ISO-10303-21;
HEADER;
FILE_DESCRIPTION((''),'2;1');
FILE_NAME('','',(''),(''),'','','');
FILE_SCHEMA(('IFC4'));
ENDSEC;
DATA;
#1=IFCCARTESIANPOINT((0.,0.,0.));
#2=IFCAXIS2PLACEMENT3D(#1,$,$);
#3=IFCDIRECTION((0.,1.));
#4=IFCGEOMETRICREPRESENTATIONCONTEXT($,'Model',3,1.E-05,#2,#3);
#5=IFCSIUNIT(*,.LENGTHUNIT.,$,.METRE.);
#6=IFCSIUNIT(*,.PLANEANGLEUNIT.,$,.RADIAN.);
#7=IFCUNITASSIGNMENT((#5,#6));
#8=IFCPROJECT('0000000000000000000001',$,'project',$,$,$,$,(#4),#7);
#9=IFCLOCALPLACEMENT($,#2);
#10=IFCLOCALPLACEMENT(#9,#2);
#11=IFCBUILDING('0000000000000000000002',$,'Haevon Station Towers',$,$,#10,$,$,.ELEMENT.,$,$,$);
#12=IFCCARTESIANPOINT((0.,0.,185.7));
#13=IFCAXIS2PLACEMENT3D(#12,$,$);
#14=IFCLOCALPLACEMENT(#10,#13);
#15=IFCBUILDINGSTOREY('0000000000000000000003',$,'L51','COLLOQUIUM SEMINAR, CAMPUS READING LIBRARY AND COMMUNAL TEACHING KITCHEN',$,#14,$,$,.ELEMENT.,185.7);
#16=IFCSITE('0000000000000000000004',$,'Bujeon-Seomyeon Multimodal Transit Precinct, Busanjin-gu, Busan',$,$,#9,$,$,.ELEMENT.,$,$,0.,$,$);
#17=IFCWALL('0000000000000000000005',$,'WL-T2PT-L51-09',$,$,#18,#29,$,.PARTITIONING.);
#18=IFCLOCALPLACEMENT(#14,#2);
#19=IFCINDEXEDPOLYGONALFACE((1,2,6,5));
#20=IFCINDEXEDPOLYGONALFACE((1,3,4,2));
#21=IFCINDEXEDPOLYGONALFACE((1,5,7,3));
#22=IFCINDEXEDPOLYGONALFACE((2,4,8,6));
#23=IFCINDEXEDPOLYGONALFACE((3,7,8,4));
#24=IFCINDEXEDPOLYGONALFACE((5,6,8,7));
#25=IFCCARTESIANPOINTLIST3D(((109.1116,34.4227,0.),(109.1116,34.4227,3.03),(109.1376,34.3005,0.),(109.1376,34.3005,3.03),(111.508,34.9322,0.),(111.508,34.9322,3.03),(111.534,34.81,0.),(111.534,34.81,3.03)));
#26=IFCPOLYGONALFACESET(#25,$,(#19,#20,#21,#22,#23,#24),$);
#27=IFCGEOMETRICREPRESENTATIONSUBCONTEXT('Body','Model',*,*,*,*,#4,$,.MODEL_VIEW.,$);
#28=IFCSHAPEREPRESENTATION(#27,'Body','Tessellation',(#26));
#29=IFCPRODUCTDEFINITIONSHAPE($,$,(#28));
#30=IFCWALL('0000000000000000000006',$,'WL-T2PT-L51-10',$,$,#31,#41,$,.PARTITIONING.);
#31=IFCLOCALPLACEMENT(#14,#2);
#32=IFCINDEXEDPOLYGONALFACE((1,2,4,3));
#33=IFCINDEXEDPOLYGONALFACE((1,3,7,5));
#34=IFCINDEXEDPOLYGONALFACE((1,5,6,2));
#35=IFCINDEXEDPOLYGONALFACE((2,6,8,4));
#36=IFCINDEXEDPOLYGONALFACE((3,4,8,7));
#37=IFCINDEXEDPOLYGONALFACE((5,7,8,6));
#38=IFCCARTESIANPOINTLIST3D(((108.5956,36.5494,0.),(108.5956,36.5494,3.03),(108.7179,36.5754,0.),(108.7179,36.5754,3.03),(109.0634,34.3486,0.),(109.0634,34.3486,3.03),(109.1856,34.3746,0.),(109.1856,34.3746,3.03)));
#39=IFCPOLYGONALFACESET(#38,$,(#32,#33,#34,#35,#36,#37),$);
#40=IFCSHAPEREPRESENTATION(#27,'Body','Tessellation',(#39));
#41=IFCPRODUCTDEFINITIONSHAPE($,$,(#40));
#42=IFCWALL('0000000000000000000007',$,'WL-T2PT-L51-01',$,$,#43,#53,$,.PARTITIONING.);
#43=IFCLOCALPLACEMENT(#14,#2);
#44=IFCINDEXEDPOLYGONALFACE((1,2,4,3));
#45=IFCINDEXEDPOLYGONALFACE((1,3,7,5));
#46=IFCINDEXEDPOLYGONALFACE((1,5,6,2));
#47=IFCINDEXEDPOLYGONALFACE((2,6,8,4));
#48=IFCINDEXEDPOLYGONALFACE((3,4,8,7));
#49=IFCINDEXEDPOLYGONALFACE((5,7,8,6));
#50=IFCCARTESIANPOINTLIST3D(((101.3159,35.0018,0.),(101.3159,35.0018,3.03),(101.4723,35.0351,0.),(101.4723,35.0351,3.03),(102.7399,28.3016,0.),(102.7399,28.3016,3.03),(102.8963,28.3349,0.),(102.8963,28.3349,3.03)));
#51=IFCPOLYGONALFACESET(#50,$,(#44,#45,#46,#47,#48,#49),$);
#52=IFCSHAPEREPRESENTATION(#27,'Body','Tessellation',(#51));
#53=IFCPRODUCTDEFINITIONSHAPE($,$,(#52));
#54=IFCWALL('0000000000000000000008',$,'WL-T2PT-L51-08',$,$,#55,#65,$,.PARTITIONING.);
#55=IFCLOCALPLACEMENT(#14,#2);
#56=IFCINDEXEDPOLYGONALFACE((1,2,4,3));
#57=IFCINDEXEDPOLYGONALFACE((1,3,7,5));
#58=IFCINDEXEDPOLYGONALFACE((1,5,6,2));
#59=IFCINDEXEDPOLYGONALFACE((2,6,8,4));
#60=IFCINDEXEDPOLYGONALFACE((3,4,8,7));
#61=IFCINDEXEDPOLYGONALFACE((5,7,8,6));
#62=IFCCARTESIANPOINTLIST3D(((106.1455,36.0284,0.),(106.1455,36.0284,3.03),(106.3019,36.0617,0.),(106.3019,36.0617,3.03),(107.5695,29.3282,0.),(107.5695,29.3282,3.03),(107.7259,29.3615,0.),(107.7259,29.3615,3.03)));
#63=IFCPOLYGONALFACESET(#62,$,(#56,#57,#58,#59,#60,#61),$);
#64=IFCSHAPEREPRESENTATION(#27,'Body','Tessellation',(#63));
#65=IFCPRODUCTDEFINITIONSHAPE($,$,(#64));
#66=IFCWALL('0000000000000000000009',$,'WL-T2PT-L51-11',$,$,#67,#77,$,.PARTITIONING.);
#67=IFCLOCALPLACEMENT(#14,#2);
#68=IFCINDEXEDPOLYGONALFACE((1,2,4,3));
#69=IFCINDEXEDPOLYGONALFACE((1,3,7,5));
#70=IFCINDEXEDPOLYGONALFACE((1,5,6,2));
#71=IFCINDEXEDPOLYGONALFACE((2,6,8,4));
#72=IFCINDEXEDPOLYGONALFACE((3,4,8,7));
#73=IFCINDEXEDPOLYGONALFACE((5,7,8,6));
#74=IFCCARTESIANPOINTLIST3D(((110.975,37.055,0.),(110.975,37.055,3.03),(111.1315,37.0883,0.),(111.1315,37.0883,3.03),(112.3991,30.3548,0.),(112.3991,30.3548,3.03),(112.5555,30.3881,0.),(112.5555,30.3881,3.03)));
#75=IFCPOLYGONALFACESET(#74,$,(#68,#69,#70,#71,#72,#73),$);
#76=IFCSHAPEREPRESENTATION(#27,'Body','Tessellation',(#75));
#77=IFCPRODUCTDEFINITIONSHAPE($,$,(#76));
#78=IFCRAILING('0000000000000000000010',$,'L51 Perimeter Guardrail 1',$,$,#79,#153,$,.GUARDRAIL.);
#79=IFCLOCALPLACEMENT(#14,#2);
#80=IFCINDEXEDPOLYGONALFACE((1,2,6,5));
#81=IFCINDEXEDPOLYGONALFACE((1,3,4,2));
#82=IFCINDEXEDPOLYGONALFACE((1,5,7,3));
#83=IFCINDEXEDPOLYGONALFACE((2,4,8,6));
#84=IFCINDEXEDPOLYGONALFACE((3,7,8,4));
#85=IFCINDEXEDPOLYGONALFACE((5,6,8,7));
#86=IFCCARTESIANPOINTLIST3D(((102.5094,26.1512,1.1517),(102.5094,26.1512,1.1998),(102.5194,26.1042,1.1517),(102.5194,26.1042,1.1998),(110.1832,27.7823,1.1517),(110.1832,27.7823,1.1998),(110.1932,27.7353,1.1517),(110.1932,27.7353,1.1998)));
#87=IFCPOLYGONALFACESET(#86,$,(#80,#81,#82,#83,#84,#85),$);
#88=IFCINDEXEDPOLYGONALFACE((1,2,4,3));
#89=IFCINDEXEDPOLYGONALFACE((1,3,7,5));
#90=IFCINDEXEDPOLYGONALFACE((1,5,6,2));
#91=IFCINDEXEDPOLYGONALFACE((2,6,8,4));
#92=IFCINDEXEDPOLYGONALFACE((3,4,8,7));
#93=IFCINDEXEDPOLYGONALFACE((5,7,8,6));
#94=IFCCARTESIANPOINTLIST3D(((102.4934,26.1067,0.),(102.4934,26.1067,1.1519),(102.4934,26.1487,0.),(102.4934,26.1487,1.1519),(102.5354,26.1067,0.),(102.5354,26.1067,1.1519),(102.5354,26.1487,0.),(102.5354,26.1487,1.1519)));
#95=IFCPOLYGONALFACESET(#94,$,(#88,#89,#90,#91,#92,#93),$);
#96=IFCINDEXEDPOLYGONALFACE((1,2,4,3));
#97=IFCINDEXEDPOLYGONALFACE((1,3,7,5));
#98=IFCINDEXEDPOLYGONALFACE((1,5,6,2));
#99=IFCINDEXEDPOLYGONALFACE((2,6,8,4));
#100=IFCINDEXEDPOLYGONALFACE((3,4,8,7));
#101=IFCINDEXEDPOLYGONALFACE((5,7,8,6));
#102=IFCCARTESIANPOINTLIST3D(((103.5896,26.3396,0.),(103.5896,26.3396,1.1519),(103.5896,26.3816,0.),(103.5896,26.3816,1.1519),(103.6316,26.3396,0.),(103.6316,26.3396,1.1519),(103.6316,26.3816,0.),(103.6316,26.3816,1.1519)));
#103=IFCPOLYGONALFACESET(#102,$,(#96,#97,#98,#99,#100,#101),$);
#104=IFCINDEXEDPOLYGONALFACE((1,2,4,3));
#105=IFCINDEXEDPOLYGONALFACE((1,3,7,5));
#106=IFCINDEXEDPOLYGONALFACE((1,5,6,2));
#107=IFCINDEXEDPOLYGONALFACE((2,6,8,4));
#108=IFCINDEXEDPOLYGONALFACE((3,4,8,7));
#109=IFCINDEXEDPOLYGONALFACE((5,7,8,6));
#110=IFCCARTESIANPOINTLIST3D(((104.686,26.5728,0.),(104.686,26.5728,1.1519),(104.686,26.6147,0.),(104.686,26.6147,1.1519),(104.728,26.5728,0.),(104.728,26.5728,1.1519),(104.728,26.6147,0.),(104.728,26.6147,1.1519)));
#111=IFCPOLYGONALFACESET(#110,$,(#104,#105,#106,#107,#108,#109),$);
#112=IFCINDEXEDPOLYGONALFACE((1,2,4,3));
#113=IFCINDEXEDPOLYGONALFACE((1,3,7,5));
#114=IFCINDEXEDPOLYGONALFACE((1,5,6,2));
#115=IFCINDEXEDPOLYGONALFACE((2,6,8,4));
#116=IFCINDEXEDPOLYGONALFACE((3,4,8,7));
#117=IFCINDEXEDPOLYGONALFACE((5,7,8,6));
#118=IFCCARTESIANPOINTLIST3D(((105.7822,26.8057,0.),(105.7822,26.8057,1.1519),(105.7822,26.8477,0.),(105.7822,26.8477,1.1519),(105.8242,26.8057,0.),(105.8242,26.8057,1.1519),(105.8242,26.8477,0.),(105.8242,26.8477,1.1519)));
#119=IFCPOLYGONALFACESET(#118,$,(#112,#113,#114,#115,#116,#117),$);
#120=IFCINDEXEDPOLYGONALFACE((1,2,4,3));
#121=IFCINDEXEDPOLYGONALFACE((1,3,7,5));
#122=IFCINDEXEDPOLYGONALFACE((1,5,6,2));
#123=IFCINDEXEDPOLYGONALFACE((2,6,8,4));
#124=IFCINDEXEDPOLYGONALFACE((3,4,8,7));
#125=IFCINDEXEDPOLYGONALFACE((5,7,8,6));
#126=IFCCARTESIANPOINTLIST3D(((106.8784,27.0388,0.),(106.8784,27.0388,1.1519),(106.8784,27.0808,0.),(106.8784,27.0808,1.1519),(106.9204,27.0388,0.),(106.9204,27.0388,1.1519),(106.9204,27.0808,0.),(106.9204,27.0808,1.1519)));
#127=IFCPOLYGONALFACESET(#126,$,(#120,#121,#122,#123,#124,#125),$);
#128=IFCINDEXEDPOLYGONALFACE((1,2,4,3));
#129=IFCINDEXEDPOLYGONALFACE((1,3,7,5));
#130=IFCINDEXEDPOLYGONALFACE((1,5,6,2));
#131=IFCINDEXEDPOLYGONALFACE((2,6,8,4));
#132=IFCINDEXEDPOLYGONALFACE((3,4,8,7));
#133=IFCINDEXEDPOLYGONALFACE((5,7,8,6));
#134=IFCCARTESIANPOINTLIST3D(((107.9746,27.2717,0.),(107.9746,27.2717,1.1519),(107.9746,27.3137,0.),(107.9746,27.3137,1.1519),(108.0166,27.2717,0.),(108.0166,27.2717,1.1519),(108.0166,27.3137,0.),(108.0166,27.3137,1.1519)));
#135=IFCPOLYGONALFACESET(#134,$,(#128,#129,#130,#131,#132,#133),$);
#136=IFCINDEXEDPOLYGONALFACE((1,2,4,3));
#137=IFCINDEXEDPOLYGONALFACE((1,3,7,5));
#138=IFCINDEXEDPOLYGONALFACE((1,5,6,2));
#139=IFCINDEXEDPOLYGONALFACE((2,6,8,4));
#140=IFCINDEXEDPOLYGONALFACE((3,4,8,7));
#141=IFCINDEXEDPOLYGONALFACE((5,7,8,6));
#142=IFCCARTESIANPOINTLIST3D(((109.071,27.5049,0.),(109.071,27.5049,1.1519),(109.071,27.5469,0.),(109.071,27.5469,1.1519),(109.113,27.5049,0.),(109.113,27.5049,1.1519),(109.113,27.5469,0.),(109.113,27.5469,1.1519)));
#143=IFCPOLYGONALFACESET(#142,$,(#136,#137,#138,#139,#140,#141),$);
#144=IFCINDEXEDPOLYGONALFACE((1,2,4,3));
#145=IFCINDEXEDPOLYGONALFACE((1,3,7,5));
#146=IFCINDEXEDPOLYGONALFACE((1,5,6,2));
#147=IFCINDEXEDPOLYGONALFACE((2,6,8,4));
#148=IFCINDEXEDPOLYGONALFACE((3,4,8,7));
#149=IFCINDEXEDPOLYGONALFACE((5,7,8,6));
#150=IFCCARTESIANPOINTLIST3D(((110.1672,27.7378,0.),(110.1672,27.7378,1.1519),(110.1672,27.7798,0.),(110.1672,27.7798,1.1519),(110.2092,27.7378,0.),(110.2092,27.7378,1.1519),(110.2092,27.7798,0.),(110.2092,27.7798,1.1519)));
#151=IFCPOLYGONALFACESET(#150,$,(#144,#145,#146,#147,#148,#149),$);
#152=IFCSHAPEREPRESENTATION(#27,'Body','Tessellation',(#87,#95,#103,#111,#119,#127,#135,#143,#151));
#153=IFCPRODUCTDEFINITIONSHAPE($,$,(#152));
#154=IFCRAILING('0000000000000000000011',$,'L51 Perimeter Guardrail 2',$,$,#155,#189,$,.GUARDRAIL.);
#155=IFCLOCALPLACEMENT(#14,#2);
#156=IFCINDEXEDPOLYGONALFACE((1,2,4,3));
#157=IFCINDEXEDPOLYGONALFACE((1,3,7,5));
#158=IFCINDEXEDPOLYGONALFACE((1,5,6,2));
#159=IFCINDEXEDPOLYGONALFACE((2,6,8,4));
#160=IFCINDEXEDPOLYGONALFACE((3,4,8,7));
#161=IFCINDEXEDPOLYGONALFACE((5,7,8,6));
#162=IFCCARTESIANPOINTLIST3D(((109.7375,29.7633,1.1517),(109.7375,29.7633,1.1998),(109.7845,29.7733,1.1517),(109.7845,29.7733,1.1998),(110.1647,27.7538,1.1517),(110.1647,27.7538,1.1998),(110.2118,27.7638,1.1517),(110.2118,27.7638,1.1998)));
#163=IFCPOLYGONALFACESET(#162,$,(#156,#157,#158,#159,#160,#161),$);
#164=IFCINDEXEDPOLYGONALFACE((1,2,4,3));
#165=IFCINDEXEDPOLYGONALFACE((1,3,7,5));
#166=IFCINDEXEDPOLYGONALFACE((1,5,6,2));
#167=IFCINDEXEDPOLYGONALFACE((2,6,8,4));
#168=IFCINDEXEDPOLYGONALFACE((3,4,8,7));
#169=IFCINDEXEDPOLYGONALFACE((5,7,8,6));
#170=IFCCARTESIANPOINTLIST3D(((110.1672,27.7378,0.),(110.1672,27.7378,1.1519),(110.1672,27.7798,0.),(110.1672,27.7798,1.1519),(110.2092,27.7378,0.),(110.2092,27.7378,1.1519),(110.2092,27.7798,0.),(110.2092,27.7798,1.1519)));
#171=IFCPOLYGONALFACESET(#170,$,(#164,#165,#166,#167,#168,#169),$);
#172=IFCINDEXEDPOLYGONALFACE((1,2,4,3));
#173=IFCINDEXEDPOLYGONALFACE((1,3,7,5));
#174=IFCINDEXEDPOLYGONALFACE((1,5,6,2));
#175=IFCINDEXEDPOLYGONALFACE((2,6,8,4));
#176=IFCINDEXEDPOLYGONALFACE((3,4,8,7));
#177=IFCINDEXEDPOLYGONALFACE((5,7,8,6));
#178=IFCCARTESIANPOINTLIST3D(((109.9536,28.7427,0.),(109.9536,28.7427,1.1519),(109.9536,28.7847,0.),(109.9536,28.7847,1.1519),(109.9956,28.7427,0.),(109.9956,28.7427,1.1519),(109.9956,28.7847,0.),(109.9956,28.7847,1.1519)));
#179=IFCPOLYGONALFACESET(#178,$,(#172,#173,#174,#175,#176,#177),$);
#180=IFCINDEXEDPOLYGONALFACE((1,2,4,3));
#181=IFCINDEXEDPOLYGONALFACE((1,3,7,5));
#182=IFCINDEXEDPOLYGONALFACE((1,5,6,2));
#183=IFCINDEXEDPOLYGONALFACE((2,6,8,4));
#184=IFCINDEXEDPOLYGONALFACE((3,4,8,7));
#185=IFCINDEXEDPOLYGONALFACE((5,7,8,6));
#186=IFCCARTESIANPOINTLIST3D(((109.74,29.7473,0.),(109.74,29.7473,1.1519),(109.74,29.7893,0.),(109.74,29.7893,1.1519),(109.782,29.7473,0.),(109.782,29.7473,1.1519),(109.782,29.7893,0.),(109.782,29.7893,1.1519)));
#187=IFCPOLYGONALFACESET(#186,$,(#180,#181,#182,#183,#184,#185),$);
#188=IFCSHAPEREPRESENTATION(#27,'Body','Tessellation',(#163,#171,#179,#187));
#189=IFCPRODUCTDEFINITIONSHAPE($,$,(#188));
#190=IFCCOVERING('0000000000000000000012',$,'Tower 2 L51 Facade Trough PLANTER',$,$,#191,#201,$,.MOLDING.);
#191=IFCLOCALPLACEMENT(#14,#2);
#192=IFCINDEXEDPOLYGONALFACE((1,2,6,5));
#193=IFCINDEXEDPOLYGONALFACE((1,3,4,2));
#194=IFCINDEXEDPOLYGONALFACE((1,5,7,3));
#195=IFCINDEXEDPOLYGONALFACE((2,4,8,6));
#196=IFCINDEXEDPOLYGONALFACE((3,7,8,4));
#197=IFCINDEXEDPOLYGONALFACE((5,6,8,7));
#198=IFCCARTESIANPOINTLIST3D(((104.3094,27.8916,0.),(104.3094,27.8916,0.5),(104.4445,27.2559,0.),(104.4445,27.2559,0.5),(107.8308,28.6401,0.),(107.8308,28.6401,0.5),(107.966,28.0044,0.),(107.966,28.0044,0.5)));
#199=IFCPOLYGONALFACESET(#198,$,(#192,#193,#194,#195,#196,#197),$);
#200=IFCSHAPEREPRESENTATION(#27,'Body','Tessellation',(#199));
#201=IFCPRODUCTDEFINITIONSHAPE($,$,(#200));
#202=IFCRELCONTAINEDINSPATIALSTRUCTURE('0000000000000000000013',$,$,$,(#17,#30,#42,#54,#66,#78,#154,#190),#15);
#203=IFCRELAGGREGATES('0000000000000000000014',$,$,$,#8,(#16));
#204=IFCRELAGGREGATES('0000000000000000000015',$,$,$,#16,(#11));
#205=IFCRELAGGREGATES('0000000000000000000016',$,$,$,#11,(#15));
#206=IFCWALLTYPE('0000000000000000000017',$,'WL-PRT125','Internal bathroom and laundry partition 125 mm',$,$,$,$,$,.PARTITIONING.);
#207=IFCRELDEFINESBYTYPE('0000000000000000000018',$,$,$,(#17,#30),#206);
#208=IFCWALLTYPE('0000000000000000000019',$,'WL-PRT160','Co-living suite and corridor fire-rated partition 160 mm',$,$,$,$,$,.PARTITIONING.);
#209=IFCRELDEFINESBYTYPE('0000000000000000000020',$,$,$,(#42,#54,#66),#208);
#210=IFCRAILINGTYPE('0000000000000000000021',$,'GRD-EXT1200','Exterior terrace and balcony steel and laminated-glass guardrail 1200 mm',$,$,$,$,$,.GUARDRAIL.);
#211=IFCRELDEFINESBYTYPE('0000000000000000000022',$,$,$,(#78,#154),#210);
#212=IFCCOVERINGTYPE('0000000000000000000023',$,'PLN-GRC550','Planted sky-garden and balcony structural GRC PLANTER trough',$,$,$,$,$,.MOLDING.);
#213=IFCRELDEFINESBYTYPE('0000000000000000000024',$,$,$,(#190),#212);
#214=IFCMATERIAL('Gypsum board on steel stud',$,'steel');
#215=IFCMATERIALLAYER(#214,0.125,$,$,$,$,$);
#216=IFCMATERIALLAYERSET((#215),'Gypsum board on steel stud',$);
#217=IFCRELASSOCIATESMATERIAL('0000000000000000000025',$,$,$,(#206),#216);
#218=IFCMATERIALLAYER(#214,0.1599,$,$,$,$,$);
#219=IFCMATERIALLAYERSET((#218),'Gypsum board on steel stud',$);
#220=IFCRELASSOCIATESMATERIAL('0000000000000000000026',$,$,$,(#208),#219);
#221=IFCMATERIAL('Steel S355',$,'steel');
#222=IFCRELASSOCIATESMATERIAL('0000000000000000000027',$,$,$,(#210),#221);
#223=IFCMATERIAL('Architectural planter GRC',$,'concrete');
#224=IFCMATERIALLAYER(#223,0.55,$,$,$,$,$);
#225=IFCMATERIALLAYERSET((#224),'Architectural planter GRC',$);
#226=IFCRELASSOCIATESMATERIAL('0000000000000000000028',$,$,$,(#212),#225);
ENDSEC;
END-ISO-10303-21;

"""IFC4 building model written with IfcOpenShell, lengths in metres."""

from ifc_helpers import new_model, si_unit, direction, frame, frame_2d, origin, origin_2d, place, context, subcontext, project, spatial, rectangle, extrude, material, layer, layer_set, type_object, element, save


model = new_model("IFC4")

# Units and contexts
model_context = context("Model", 3, precision=1e-05, world=origin(), true_north=direction((0.0, 1.0)))
body_context = subcontext(model_context, "Body", "Model", "MODEL_VIEW")
ifc_project = project(units=[si_unit("LENGTHUNIT", "METRE"), si_unit("PLANEANGLEUNIT", "RADIAN")], contexts=[model_context])

# Site, building, storey
site_placement = place(None, origin())
site = spatial("IfcSite", under=ifc_project, at=site_placement, Name="Bujeon-Seomyeon Multimodal Transit Precinct, Busanjin-gu, Busan", CompositionType="ELEMENT", RefElevation=0.0)
building_placement = place(site_placement, origin())
building = spatial("IfcBuilding", under=site, at=building_placement, Name="Haevon Station Towers", CompositionType="ELEMENT")
storey_placement = place(building_placement, frame((0.0, 0.0, 185.7)))
storey = spatial("IfcBuildingStorey", under=building, at=storey_placement, Name="L51", Description="COLLOQUIUM SEMINAR, CAMPUS READING LIBRARY AND COMMUNAL TEACHING KITCHEN", CompositionType="ELEMENT", Elevation=185.7)

# Shared definitions
ifc_material_1 = material(Name="Steel S355", Category="steel")

# Shared definitions
ifc_material_2 = material(Name="Gypsum board on steel stud", Category="steel")

# Walls
ifc_layer_1 = layer(ifc_material_2, 0.125)
ifc_layer_set_1 = layer_set([ifc_layer_1], Name="Gypsum board on steel stud")
wall_type_1 = type_object("IfcWallType", Name="WL-PRT125", Description="Internal bathroom and laundry partition 125 mm", PredefinedType="PARTITIONING", material=ifc_layer_set_1)
wall_1_placement = place(storey_placement, frame((109.1245, 34.3616, 0.0), z_axis=(0.0, 0.0, 1.0), x_axis=(0.978137, 0.207964, 0.0)))
element("IfcWall", 1, at=wall_1_placement, inside=storey, type_object=wall_type_1, Name="WL-T2PT-L51-09", PredefinedType="PARTITIONING", context=body_context, shape_type="SweptSolid", body=[
    extrude(rectangle(XDim=2.45, YDim=0.125, at=frame_2d((1.2251, 0.0))), origin(), (0.0, 0.0, 1.0), 3.03),
])
wall_2_placement = place(storey_placement, frame((109.1245, 34.3616, 0.0), z_axis=(0.0, 0.0, 1.0), x_axis=(-0.207891, 0.978152, 0.0)))
element("IfcWall", 2, at=wall_2_placement, inside=storey, type_object=wall_type_1, Name="WL-T2PT-L51-10", PredefinedType="PARTITIONING", context=body_context, shape_type="SweptSolid", body=[
    extrude(rectangle(XDim=2.25, YDim=0.125, at=frame_2d((1.125, 0.0))), origin(), (0.0, 0.0, 1.0), 3.03),
])
ifc_layer_2 = layer(ifc_material_2, 0.1599)
ifc_layer_set_2 = layer_set([ifc_layer_2], Name="Gypsum board on steel stud")
wall_type_2 = type_object("IfcWallType", Name="WL-PRT160", Description="Co-living suite and corridor fire-rated partition 160 mm", PredefinedType="PARTITIONING", material=ifc_layer_set_2)
for number, where, z_axis, x_axis, name in (
    (3, (102.8181, 28.3184, 0.0), (0.0, 0.0, 1.0), (-0.207898, 0.978151, 0.0), "WL-T2PT-L51-01"),
    (4, (107.6477, 29.345, 0.0), (0.0, 0.0, 1.0), (-0.207898, 0.978151, 0.0), "WL-T2PT-L51-08"),
    (5, (112.4773, 30.3716, 0.0), (0.0, 0.0, 1.0), (-0.207898, 0.978151, 0.0), "WL-T2PT-L51-11"),
):
    element("IfcWall", number, at=place(storey_placement, frame(where, z_axis=z_axis, x_axis=x_axis)), inside=storey, type_object=wall_type_2, Name=name, PredefinedType="PARTITIONING", context=body_context, shape_type="SweptSolid", body=[
        extrude(rectangle(XDim=6.8499, YDim=0.1599, at=frame_2d((3.4248, 0.0))), origin(), (0.0, 0.0, 1.0), 3.03),
    ])

# Railings
railing_type = type_object("IfcRailingType", Name="GRD-EXT1200", Description="Exterior terrace and balcony steel and laminated-glass guardrail 1200 mm", PredefinedType="GUARDRAIL", material=ifc_material_1)
railing_1_placement = place(storey_placement, frame((102.5144, 26.1277, 0.0)))
element("IfcRailing", 6, at=railing_1_placement, inside=storey, type_object=railing_type, Name="L51 Perimeter Guardrail 1", PredefinedType="GUARDRAIL", context=body_context, shape_type="SweptSolid", body=[
    extrude(rectangle(XDim=0.0481, YDim=0.0481, at=origin_2d()), frame((0.0, 0.0, 1.1758), z_axis=(0.978148, 0.207909, 0.0), x_axis=(-0.207909, 0.978148, 0.0)), (0.0, 0.0, 1.0), 7.8452),
    extrude(rectangle(XDim=0.042, YDim=0.042, at=origin_2d()), origin(), (0.0, 0.0, 1.0), 1.1519),
    extrude(rectangle(XDim=0.042, YDim=0.042, at=origin_2d()), frame((1.0962, 0.2329, 0.0)), (0.0, 0.0, 1.0), 1.1519),
    extrude(rectangle(XDim=0.042, YDim=0.042, at=origin_2d()), frame((2.1926, 0.4661, 0.0)), (0.0, 0.0, 1.0), 1.1519),
    extrude(rectangle(XDim=0.042, YDim=0.042, at=origin_2d()), frame((3.2888, 0.699, 0.0)), (0.0, 0.0, 1.0), 1.1519),
    extrude(rectangle(XDim=0.042, YDim=0.042, at=origin_2d()), frame((4.385, 0.9321, 0.0)), (0.0, 0.0, 1.0), 1.1519),
    extrude(rectangle(XDim=0.042, YDim=0.042, at=origin_2d()), frame((5.4812, 1.165, 0.0)), (0.0, 0.0, 1.0), 1.1519),
    extrude(rectangle(XDim=0.042, YDim=0.042, at=origin_2d()), frame((6.5776, 1.3982, 0.0)), (0.0, 0.0, 1.0), 1.1519),
    extrude(rectangle(XDim=0.042, YDim=0.042, at=origin_2d()), frame((7.6738, 1.6311, 0.0)), (0.0, 0.0, 1.0), 1.1519),
])
railing_2_placement = place(storey_placement, frame((110.1882, 27.7588, 0.0)))
element("IfcRailing", 7, at=railing_2_placement, inside=storey, type_object=railing_type, Name="L51 Perimeter Guardrail 2", PredefinedType="GUARDRAIL", context=body_context, shape_type="SweptSolid", body=[
    extrude(rectangle(XDim=0.0481, YDim=0.0481, at=origin_2d()), frame((0.0, 0.0, 1.1758), z_axis=(-0.207963, 0.978137, 0.0), x_axis=(-0.978137, -0.207963, 0.0)), (0.0, 0.0, 1.0), 2.0544),
    extrude(rectangle(XDim=0.042, YDim=0.042, at=origin_2d()), origin(), (0.0, 0.0, 1.0), 1.1519),
    extrude(rectangle(XDim=0.042, YDim=0.042, at=origin_2d()), frame((-0.2136, 1.0049, 0.0)), (0.0, 0.0, 1.0), 1.1519),
    extrude(rectangle(XDim=0.042, YDim=0.042, at=origin_2d()), frame((-0.4272, 2.0095, 0.0)), (0.0, 0.0, 1.0), 1.1519),
])

# Covering
ifc_material_3 = material(Name="Architectural planter GRC", Category="concrete")
ifc_layer_3 = layer(ifc_material_3, 0.55)
ifc_layer_set_3 = layer_set([ifc_layer_3], Name="Architectural planter GRC")
covering_type = type_object("IfcCoveringType", Name="PLN-GRC550", Description="Planted sky-garden and balcony structural GRC PLANTER trough", PredefinedType="MOLDING", material=ifc_layer_set_3)
covering_placement = place(storey_placement, frame((106.1377, 27.948, 0.0), z_axis=(0.0, 0.0, 1.0), x_axis=(0.978148, 0.207912, 0.0)))
element("IfcCovering", 8, at=covering_placement, inside=storey, type_object=covering_type, Name="Tower 2 L51 Facade Trough PLANTER", PredefinedType="MOLDING", context=body_context, shape_type="SweptSolid", body=[
    extrude(rectangle(XDim=3.6001, YDim=0.6499, at=origin_2d()), origin(), (0.0, 0.0, 1.0), 0.5),
])

save(model, "model.ifc")
